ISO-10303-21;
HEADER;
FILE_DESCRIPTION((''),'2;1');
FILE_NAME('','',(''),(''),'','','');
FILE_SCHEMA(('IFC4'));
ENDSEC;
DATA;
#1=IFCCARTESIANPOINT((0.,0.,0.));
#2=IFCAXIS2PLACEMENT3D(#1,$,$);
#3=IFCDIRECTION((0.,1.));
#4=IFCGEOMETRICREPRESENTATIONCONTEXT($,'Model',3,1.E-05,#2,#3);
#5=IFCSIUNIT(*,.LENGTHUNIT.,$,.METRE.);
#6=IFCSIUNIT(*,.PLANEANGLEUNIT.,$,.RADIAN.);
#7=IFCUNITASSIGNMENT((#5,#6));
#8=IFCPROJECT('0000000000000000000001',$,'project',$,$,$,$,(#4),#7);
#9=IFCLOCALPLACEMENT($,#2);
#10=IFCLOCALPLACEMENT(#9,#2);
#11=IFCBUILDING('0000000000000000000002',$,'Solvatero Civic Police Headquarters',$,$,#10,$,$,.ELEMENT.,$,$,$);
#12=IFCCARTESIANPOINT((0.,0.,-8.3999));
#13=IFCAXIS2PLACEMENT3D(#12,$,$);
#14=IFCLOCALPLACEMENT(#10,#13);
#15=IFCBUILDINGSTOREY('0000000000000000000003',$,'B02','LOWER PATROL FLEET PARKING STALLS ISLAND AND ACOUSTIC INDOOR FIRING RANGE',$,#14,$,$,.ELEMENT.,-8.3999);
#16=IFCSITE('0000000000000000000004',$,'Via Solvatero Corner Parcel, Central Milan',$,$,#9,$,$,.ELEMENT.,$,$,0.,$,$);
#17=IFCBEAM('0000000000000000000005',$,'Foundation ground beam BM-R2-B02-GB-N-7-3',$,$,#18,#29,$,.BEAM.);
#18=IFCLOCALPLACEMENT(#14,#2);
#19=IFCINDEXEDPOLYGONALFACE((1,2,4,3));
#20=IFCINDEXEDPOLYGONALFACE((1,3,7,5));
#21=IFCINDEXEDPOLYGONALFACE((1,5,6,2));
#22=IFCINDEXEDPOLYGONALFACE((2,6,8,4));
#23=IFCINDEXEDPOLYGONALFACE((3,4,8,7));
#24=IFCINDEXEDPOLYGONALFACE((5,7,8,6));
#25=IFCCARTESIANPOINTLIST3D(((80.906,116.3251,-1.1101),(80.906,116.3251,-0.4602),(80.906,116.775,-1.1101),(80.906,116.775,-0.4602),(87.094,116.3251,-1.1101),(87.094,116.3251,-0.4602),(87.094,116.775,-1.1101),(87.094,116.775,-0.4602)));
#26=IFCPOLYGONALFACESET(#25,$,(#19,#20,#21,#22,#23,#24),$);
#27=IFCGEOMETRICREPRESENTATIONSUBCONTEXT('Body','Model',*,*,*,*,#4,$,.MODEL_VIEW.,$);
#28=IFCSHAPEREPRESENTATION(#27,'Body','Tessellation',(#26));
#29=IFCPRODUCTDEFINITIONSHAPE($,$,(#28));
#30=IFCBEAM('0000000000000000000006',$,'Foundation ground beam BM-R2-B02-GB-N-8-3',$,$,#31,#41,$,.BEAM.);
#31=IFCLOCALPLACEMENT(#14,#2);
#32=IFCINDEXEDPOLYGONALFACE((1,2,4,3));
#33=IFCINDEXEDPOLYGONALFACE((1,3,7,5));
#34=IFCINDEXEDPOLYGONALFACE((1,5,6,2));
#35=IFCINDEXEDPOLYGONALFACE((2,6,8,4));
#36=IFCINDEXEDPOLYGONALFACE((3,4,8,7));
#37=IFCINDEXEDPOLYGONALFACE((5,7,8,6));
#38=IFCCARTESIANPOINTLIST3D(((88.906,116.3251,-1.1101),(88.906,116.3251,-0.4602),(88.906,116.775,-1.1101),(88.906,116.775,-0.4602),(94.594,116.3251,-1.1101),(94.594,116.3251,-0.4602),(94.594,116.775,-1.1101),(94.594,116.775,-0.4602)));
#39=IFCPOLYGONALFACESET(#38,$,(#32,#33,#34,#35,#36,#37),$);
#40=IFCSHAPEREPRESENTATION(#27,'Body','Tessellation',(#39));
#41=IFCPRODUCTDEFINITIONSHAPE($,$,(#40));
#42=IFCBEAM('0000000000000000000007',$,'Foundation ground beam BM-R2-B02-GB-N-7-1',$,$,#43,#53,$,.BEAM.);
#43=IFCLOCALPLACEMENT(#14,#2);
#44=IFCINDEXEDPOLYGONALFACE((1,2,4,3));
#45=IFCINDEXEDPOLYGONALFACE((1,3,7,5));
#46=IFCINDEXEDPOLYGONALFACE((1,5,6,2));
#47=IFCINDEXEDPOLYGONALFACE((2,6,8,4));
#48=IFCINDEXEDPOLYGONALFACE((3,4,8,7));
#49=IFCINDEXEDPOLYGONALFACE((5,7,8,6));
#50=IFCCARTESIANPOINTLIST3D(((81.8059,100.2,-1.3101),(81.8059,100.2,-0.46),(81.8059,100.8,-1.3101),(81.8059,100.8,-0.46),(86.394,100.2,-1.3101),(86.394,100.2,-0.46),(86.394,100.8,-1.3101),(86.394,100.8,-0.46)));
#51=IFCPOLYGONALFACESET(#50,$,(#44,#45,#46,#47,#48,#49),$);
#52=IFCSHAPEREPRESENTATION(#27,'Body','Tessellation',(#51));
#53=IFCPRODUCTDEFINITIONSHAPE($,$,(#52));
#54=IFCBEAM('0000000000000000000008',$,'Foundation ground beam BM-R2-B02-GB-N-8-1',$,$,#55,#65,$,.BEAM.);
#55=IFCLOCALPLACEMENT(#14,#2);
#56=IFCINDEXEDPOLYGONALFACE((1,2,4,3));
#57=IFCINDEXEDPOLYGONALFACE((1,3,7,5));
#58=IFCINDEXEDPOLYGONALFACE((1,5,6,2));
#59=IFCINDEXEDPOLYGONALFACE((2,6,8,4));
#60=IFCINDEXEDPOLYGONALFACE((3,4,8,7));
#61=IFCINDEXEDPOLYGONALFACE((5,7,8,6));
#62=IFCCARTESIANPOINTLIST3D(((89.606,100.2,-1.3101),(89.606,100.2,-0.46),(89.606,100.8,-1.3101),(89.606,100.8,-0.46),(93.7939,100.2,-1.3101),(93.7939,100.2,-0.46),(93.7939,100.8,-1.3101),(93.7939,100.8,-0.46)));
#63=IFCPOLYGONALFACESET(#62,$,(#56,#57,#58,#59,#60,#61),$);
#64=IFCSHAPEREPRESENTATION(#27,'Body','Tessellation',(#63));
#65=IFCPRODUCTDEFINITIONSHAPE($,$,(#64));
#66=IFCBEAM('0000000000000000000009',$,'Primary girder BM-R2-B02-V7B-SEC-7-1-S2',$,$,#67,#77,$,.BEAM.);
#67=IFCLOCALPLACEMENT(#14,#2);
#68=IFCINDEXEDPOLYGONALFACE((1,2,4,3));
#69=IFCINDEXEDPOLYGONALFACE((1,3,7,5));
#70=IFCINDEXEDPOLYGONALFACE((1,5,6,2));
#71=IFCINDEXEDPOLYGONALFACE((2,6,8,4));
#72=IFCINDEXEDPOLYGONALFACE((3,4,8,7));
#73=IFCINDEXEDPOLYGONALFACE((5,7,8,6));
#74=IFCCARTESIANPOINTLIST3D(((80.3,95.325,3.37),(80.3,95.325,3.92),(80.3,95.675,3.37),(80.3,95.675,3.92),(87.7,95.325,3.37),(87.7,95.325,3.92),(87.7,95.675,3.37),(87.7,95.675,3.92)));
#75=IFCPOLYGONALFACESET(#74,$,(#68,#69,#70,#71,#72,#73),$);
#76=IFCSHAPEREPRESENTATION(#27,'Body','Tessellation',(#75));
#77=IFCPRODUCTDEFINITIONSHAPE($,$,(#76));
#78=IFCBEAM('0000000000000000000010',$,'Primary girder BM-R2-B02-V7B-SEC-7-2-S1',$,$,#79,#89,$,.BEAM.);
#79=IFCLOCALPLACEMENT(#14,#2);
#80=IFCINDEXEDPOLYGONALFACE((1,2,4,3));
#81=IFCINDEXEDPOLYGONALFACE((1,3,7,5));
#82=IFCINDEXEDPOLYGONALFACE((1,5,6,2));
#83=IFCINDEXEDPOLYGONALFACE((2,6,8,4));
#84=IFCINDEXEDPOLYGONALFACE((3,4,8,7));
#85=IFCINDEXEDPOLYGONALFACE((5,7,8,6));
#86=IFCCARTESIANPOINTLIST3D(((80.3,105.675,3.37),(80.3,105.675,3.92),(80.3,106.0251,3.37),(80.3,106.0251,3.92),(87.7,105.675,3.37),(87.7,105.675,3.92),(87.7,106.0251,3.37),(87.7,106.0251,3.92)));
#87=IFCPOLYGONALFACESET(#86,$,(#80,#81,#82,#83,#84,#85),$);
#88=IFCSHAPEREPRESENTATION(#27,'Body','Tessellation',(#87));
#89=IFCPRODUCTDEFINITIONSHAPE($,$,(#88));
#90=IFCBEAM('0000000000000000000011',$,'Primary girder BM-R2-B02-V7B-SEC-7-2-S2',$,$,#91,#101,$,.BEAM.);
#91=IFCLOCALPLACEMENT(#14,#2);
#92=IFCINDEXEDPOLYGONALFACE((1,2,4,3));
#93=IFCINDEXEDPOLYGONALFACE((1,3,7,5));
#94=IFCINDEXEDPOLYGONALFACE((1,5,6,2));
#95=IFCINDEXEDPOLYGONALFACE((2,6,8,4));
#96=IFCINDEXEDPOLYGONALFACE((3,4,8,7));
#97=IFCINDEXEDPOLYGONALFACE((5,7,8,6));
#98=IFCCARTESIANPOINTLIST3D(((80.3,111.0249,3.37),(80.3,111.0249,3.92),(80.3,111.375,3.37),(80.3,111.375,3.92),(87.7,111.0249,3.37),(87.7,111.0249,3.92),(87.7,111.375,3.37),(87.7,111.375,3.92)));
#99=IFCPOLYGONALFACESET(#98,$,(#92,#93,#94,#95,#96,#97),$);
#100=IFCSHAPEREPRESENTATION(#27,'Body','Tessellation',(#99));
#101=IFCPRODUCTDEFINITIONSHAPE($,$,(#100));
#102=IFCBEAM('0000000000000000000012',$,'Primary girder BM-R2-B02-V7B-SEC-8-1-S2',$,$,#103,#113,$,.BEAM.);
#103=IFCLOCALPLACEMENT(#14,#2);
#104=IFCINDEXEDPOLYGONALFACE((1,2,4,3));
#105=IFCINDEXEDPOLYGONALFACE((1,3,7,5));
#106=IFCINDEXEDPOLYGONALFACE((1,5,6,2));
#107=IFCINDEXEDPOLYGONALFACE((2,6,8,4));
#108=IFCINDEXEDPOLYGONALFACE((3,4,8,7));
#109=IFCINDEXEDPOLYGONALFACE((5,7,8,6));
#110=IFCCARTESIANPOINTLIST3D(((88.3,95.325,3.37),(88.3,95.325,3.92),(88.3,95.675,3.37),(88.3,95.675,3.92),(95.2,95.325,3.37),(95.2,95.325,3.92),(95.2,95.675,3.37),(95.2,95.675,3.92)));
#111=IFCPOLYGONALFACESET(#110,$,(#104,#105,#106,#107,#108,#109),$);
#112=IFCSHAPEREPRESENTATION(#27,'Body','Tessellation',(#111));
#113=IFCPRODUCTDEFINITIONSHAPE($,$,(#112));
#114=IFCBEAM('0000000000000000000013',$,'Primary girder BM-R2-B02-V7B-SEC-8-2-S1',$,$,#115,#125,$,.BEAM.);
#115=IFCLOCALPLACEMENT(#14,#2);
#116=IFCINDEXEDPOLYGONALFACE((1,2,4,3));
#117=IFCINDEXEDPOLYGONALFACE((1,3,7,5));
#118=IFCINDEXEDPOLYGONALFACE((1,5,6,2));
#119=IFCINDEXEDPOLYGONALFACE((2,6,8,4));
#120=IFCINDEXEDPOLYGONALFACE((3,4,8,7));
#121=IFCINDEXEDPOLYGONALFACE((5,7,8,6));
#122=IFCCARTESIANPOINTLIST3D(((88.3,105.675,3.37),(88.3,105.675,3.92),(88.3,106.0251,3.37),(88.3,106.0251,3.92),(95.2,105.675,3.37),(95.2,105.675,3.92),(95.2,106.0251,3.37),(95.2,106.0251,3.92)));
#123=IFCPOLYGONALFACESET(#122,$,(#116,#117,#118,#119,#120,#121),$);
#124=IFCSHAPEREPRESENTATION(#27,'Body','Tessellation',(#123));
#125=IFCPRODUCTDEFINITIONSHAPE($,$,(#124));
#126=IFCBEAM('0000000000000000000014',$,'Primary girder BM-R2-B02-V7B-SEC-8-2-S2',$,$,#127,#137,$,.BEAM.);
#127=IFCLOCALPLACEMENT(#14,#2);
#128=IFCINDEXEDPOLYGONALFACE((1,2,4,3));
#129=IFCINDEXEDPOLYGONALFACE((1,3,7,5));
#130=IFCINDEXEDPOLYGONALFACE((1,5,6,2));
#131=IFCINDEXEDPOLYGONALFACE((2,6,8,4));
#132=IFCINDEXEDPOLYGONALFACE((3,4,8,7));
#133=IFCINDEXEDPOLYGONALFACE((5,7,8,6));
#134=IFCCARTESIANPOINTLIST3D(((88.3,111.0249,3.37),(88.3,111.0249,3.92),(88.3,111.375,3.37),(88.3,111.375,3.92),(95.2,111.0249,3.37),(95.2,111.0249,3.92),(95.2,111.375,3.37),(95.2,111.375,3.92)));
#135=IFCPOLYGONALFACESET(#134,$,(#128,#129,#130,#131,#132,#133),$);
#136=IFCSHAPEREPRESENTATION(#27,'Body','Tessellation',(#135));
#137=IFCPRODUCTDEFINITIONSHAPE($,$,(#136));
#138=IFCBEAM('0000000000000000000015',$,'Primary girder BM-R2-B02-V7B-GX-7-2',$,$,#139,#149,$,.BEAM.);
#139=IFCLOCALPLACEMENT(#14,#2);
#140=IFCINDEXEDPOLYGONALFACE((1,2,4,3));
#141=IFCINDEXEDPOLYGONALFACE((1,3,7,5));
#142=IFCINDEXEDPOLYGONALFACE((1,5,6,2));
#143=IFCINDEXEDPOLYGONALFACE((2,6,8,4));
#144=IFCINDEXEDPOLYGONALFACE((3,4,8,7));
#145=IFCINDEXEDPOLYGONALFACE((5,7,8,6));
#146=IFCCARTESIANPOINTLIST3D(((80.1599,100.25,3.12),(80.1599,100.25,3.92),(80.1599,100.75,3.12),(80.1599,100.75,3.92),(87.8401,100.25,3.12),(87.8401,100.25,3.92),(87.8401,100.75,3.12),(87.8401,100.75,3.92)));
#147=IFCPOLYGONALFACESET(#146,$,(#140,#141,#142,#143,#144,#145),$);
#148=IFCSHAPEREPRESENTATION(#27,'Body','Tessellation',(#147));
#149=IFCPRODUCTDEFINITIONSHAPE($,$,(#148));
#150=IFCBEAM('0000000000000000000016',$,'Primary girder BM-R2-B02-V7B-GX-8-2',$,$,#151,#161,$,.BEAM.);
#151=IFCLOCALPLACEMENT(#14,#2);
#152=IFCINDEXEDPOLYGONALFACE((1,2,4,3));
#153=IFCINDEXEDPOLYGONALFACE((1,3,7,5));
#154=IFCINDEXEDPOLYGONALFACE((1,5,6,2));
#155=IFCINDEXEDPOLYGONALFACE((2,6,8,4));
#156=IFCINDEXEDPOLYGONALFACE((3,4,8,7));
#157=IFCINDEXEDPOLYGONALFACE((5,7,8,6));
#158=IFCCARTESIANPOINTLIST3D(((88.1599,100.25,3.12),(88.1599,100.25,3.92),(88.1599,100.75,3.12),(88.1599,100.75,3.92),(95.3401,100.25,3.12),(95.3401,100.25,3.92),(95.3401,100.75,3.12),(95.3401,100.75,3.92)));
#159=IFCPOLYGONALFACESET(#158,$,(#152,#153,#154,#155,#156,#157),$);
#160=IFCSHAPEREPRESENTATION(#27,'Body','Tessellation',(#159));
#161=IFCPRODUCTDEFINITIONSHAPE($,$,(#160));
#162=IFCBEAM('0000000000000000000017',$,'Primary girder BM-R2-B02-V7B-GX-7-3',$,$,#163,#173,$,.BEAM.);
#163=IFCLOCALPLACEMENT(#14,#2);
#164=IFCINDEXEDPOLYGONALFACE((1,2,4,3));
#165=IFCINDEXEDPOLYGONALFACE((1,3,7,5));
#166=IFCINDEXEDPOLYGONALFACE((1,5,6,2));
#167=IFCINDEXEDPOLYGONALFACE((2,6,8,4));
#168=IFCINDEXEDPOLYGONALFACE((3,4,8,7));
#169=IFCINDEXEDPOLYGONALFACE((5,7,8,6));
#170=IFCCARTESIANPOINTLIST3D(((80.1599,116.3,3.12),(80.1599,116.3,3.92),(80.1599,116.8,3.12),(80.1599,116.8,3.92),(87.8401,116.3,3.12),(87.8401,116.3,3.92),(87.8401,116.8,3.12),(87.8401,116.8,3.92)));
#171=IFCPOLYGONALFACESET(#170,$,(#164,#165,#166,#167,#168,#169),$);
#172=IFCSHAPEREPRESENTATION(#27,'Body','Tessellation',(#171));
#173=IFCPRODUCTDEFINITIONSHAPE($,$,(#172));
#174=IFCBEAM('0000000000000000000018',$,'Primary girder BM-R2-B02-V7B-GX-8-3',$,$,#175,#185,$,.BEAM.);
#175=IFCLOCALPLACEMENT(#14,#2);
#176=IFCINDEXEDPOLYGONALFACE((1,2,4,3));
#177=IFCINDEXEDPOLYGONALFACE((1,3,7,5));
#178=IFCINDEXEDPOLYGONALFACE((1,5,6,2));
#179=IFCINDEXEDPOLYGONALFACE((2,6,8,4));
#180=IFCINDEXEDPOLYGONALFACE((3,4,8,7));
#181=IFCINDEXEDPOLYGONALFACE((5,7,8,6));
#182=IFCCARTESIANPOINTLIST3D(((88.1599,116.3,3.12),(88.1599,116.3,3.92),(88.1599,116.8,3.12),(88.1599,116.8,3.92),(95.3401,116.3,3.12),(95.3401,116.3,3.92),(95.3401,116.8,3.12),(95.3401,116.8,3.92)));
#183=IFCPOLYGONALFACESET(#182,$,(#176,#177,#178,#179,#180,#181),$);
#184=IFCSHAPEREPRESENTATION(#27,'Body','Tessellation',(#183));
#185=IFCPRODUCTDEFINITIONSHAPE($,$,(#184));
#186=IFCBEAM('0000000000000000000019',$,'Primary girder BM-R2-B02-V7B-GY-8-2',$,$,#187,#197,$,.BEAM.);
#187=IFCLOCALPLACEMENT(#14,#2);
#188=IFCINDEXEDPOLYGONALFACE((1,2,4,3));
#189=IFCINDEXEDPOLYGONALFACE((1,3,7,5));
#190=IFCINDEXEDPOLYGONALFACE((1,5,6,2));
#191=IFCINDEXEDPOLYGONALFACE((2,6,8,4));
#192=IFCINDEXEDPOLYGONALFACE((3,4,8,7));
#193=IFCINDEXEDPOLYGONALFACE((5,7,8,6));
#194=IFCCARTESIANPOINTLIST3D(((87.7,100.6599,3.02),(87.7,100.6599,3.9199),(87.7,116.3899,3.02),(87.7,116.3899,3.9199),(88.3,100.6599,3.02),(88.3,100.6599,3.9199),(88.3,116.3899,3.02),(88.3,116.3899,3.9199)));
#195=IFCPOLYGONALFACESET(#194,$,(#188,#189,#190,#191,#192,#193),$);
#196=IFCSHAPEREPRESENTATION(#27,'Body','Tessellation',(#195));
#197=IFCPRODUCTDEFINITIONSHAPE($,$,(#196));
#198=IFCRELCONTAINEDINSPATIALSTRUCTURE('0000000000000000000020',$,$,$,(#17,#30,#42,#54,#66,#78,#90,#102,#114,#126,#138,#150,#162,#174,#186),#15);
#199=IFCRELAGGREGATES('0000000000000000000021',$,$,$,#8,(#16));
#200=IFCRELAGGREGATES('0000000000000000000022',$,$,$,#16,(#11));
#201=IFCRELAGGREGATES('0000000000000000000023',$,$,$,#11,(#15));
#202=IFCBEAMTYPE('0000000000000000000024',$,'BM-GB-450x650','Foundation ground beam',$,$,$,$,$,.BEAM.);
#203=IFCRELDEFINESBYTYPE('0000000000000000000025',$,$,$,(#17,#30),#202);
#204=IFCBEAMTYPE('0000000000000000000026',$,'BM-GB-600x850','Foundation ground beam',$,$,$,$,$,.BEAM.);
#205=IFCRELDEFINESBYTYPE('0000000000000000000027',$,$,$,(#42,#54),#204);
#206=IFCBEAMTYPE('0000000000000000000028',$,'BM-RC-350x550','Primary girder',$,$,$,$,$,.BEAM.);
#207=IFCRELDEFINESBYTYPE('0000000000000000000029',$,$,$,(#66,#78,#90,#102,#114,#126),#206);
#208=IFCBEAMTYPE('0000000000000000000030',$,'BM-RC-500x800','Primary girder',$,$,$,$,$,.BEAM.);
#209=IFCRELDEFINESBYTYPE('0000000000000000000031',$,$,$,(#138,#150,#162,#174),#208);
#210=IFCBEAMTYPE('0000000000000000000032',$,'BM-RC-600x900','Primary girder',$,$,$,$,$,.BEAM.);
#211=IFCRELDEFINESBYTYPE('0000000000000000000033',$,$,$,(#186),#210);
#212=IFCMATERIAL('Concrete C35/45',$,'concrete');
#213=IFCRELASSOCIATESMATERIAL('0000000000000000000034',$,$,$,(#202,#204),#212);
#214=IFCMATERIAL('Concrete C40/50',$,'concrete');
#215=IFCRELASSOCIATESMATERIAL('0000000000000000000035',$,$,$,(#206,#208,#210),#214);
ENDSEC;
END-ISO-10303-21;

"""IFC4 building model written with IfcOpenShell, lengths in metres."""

from ifc_helpers import new_model, si_unit, direction, frame, origin, origin_2d, place, context, subcontext, project, spatial, rectangle, extrude, material, material_profile, profile_set, type_object, element, save


model = new_model("IFC4")

# Units and contexts
model_context = context("Model", 3, precision=1e-05, world=origin(), true_north=direction((0.0, 1.0)))
body_context = subcontext(model_context, "Body", "Model", "MODEL_VIEW")
ifc_project = project(units=[si_unit("LENGTHUNIT", "METRE"), si_unit("PLANEANGLEUNIT", "RADIAN")], contexts=[model_context])

# Site, building, storey
site_placement = place(None, origin())
site = spatial("IfcSite", under=ifc_project, at=site_placement, Name="Via Solvatero Corner Parcel, Central Milan", CompositionType="ELEMENT", RefElevation=0.0)
building_placement = place(site_placement, origin())
building = spatial("IfcBuilding", under=site, at=building_placement, Name="Solvatero Civic Police Headquarters", CompositionType="ELEMENT")
storey_placement = place(building_placement, frame((0.0, 0.0, -8.3999)))
storey = spatial("IfcBuildingStorey", under=building, at=storey_placement, Name="B02", Description="LOWER PATROL FLEET PARKING STALLS ISLAND AND ACOUSTIC INDOOR FIRING RANGE", CompositionType="ELEMENT", Elevation=-8.3999)

# Shared definitions
ifc_material_1 = material(Name="Concrete C35/45", Category="concrete")

# Shared definitions
ifc_material_2 = material(Name="Concrete C40/50", Category="concrete")

# Beams
ifc_material_profile_1 = material_profile(ifc_material_1, rectangle(XDim=0.45, YDim=0.6499, at=origin_2d()), Name="GB 450x650")
ifc_profile_set_1 = profile_set([ifc_material_profile_1], Name="Concrete C35/45")
beam_type_1 = type_object("IfcBeamType", Name="BM-GB-450x650", Description="Foundation ground beam", PredefinedType="BEAM", material=ifc_profile_set_1)
beam_1_placement = place(storey_placement, frame((80.906, 116.55, -0.7852), z_axis=(1.0, 0.0, 0.0), x_axis=(0.0, 1.0, 0.0)))
element("IfcBeam", 1, at=beam_1_placement, inside=storey, type_object=beam_type_1, Name="Foundation ground beam BM-R2-B02-GB-N-7-3", PredefinedType="BEAM", context=body_context, shape_type="SweptSolid", body=[
    extrude(rectangle(XDim=0.45, YDim=0.6499, at=origin_2d()), origin(), (0.0, 0.0, 1.0), 6.188),
])
beam_2_placement = place(storey_placement, frame((88.906, 116.55, -0.7852), z_axis=(1.0, 0.0, 0.0), x_axis=(0.0, 1.0, 0.0)))
element("IfcBeam", 2, at=beam_2_placement, inside=storey, type_object=beam_type_1, Name="Foundation ground beam BM-R2-B02-GB-N-8-3", PredefinedType="BEAM", context=body_context, shape_type="SweptSolid", body=[
    extrude(rectangle(XDim=0.45, YDim=0.6499, at=origin_2d()), origin(), (0.0, 0.0, 1.0), 5.688),
])
ifc_material_profile_2 = material_profile(ifc_material_1, rectangle(XDim=0.6001, YDim=0.8501, at=origin_2d()), Name="GB 600x850")
ifc_profile_set_2 = profile_set([ifc_material_profile_2], Name="Concrete C35/45")
beam_type_2 = type_object("IfcBeamType", Name="BM-GB-600x850", Description="Foundation ground beam", PredefinedType="BEAM", material=ifc_profile_set_2)
beam_3_placement = place(storey_placement, frame((81.8059, 100.5, -0.885), z_axis=(1.0, 0.0, 0.0), x_axis=(0.0, 1.0, 0.0)))
element("IfcBeam", 3, at=beam_3_placement, inside=storey, type_object=beam_type_2, Name="Foundation ground beam BM-R2-B02-GB-N-7-1", PredefinedType="BEAM", context=body_context, shape_type="SweptSolid", body=[
    extrude(rectangle(XDim=0.6001, YDim=0.8501, at=origin_2d()), origin(), (0.0, 0.0, 1.0), 4.5881),
])
beam_4_placement = place(storey_placement, frame((89.606, 100.5, -0.885), z_axis=(1.0, 0.0, 0.0), x_axis=(0.0, 1.0, 0.0)))
element("IfcBeam", 4, at=beam_4_placement, inside=storey, type_object=beam_type_2, Name="Foundation ground beam BM-R2-B02-GB-N-8-1", PredefinedType="BEAM", context=body_context, shape_type="SweptSolid", body=[
    extrude(rectangle(XDim=0.6001, YDim=0.8501, at=origin_2d()), origin(), (0.0, 0.0, 1.0), 4.188),
])
ifc_material_profile_3 = material_profile(ifc_material_2, rectangle(XDim=0.3501, YDim=0.55, at=origin_2d()), Name="RC 350x550")
ifc_profile_set_3 = profile_set([ifc_material_profile_3], Name="Concrete C40/50")
beam_type_3 = type_object("IfcBeamType", Name="BM-RC-350x550", Description="Primary girder", PredefinedType="BEAM", material=ifc_profile_set_3)
for number, where, z_axis, x_axis, name in (
    (5, (80.3, 95.5, 3.645), (1.0, 0.0, 0.0), (0.0, 1.0, 0.0), "Primary girder BM-R2-B02-V7B-SEC-7-1-S2"),
    (6, (80.3, 105.8501, 3.645), (1.0, 0.0, 0.0), (0.0, 1.0, 0.0), "Primary girder BM-R2-B02-V7B-SEC-7-2-S1"),
    (7, (80.3, 111.2, 3.645), (1.0, 0.0, 0.0), (0.0, 1.0, 0.0), "Primary girder BM-R2-B02-V7B-SEC-7-2-S2"),
):
    element("IfcBeam", number, at=place(storey_placement, frame(where, z_axis=z_axis, x_axis=x_axis)), inside=storey, type_object=beam_type_3, Name=name, PredefinedType="BEAM", context=body_context, shape_type="SweptSolid", body=[
        extrude(rectangle(XDim=0.3501, YDim=0.55, at=origin_2d()), origin(), (0.0, 0.0, 1.0), 7.3999),
    ])
for number, where, z_axis, x_axis, name in (
    (8, (88.3, 95.5, 3.645), (1.0, 0.0, 0.0), (0.0, 1.0, 0.0), "Primary girder BM-R2-B02-V7B-SEC-8-1-S2"),
    (9, (88.3, 105.8501, 3.645), (1.0, 0.0, 0.0), (0.0, 1.0, 0.0), "Primary girder BM-R2-B02-V7B-SEC-8-2-S1"),
    (10, (88.3, 111.2, 3.645), (1.0, 0.0, 0.0), (0.0, 1.0, 0.0), "Primary girder BM-R2-B02-V7B-SEC-8-2-S2"),
):
    element("IfcBeam", number, at=place(storey_placement, frame(where, z_axis=z_axis, x_axis=x_axis)), inside=storey, type_object=beam_type_3, Name=name, PredefinedType="BEAM", context=body_context, shape_type="SweptSolid", body=[
        extrude(rectangle(XDim=0.3501, YDim=0.55, at=origin_2d()), origin(), (0.0, 0.0, 1.0), 6.8999),
    ])
ifc_material_profile_4 = material_profile(ifc_material_2, rectangle(XDim=0.5, YDim=0.8, at=origin_2d()), Name="RC 500x800")
ifc_profile_set_4 = profile_set([ifc_material_profile_4], Name="Concrete C40/50")
beam_type_4 = type_object("IfcBeamType", Name="BM-RC-500x800", Description="Primary girder", PredefinedType="BEAM", material=ifc_profile_set_4)
beam_5_placement = place(storey_placement, frame((80.1599, 100.5, 3.52), z_axis=(1.0, 0.0, 0.0), x_axis=(0.0, 1.0, 0.0)))
element("IfcBeam", 11, at=beam_5_placement, inside=storey, type_object=beam_type_4, Name="Primary girder BM-R2-B02-V7B-GX-7-2", PredefinedType="BEAM", context=body_context, shape_type="SweptSolid", body=[
    extrude(rectangle(XDim=0.5, YDim=0.8, at=origin_2d()), origin(), (0.0, 0.0, 1.0), 7.6802),
])
beam_6_placement = place(storey_placement, frame((88.1599, 100.5, 3.52), z_axis=(1.0, 0.0, 0.0), x_axis=(0.0, 1.0, 0.0)))
element("IfcBeam", 12, at=beam_6_placement, inside=storey, type_object=beam_type_4, Name="Primary girder BM-R2-B02-V7B-GX-8-2", PredefinedType="BEAM", context=body_context, shape_type="SweptSolid", body=[
    extrude(rectangle(XDim=0.5, YDim=0.8, at=origin_2d()), origin(), (0.0, 0.0, 1.0), 7.1802),
])
beam_7_placement = place(storey_placement, frame((80.1599, 116.55, 3.52), z_axis=(1.0, 0.0, 0.0), x_axis=(0.0, 1.0, 0.0)))
element("IfcBeam", 13, at=beam_7_placement, inside=storey, type_object=beam_type_4, Name="Primary girder BM-R2-B02-V7B-GX-7-3", PredefinedType="BEAM", context=body_context, shape_type="SweptSolid", body=[
    extrude(rectangle(XDim=0.5, YDim=0.8, at=origin_2d()), origin(), (0.0, 0.0, 1.0), 7.6802),
])
beam_8_placement = place(storey_placement, frame((88.1599, 116.55, 3.52), z_axis=(1.0, 0.0, 0.0), x_axis=(0.0, 1.0, 0.0)))
element("IfcBeam", 14, at=beam_8_placement, inside=storey, type_object=beam_type_4, Name="Primary girder BM-R2-B02-V7B-GX-8-3", PredefinedType="BEAM", context=body_context, shape_type="SweptSolid", body=[
    extrude(rectangle(XDim=0.5, YDim=0.8, at=origin_2d()), origin(), (0.0, 0.0, 1.0), 7.1802),
])
ifc_material_profile_5 = material_profile(ifc_material_2, rectangle(XDim=0.6001, YDim=0.8999, at=origin_2d()), Name="RC 600x900")
ifc_profile_set_5 = profile_set([ifc_material_profile_5], Name="Concrete C40/50")
beam_type_5 = type_object("IfcBeamType", Name="BM-RC-600x900", Description="Primary girder", PredefinedType="BEAM", material=ifc_profile_set_5)
beam_9_placement = place(storey_placement, frame((88.0, 100.6599, 3.47), z_axis=(0.0, 1.0, 0.0), x_axis=(-1.0, 0.0, 0.0)))
element("IfcBeam", 15, at=beam_9_placement, inside=storey, type_object=beam_type_5, Name="Primary girder BM-R2-B02-V7B-GY-8-2", PredefinedType="BEAM", context=body_context, shape_type="SweptSolid", body=[
    extrude(rectangle(XDim=0.6001, YDim=0.8999, at=origin_2d()), origin(), (0.0, 0.0, 1.0), 15.73),
])

save(model, "model.ifc")
